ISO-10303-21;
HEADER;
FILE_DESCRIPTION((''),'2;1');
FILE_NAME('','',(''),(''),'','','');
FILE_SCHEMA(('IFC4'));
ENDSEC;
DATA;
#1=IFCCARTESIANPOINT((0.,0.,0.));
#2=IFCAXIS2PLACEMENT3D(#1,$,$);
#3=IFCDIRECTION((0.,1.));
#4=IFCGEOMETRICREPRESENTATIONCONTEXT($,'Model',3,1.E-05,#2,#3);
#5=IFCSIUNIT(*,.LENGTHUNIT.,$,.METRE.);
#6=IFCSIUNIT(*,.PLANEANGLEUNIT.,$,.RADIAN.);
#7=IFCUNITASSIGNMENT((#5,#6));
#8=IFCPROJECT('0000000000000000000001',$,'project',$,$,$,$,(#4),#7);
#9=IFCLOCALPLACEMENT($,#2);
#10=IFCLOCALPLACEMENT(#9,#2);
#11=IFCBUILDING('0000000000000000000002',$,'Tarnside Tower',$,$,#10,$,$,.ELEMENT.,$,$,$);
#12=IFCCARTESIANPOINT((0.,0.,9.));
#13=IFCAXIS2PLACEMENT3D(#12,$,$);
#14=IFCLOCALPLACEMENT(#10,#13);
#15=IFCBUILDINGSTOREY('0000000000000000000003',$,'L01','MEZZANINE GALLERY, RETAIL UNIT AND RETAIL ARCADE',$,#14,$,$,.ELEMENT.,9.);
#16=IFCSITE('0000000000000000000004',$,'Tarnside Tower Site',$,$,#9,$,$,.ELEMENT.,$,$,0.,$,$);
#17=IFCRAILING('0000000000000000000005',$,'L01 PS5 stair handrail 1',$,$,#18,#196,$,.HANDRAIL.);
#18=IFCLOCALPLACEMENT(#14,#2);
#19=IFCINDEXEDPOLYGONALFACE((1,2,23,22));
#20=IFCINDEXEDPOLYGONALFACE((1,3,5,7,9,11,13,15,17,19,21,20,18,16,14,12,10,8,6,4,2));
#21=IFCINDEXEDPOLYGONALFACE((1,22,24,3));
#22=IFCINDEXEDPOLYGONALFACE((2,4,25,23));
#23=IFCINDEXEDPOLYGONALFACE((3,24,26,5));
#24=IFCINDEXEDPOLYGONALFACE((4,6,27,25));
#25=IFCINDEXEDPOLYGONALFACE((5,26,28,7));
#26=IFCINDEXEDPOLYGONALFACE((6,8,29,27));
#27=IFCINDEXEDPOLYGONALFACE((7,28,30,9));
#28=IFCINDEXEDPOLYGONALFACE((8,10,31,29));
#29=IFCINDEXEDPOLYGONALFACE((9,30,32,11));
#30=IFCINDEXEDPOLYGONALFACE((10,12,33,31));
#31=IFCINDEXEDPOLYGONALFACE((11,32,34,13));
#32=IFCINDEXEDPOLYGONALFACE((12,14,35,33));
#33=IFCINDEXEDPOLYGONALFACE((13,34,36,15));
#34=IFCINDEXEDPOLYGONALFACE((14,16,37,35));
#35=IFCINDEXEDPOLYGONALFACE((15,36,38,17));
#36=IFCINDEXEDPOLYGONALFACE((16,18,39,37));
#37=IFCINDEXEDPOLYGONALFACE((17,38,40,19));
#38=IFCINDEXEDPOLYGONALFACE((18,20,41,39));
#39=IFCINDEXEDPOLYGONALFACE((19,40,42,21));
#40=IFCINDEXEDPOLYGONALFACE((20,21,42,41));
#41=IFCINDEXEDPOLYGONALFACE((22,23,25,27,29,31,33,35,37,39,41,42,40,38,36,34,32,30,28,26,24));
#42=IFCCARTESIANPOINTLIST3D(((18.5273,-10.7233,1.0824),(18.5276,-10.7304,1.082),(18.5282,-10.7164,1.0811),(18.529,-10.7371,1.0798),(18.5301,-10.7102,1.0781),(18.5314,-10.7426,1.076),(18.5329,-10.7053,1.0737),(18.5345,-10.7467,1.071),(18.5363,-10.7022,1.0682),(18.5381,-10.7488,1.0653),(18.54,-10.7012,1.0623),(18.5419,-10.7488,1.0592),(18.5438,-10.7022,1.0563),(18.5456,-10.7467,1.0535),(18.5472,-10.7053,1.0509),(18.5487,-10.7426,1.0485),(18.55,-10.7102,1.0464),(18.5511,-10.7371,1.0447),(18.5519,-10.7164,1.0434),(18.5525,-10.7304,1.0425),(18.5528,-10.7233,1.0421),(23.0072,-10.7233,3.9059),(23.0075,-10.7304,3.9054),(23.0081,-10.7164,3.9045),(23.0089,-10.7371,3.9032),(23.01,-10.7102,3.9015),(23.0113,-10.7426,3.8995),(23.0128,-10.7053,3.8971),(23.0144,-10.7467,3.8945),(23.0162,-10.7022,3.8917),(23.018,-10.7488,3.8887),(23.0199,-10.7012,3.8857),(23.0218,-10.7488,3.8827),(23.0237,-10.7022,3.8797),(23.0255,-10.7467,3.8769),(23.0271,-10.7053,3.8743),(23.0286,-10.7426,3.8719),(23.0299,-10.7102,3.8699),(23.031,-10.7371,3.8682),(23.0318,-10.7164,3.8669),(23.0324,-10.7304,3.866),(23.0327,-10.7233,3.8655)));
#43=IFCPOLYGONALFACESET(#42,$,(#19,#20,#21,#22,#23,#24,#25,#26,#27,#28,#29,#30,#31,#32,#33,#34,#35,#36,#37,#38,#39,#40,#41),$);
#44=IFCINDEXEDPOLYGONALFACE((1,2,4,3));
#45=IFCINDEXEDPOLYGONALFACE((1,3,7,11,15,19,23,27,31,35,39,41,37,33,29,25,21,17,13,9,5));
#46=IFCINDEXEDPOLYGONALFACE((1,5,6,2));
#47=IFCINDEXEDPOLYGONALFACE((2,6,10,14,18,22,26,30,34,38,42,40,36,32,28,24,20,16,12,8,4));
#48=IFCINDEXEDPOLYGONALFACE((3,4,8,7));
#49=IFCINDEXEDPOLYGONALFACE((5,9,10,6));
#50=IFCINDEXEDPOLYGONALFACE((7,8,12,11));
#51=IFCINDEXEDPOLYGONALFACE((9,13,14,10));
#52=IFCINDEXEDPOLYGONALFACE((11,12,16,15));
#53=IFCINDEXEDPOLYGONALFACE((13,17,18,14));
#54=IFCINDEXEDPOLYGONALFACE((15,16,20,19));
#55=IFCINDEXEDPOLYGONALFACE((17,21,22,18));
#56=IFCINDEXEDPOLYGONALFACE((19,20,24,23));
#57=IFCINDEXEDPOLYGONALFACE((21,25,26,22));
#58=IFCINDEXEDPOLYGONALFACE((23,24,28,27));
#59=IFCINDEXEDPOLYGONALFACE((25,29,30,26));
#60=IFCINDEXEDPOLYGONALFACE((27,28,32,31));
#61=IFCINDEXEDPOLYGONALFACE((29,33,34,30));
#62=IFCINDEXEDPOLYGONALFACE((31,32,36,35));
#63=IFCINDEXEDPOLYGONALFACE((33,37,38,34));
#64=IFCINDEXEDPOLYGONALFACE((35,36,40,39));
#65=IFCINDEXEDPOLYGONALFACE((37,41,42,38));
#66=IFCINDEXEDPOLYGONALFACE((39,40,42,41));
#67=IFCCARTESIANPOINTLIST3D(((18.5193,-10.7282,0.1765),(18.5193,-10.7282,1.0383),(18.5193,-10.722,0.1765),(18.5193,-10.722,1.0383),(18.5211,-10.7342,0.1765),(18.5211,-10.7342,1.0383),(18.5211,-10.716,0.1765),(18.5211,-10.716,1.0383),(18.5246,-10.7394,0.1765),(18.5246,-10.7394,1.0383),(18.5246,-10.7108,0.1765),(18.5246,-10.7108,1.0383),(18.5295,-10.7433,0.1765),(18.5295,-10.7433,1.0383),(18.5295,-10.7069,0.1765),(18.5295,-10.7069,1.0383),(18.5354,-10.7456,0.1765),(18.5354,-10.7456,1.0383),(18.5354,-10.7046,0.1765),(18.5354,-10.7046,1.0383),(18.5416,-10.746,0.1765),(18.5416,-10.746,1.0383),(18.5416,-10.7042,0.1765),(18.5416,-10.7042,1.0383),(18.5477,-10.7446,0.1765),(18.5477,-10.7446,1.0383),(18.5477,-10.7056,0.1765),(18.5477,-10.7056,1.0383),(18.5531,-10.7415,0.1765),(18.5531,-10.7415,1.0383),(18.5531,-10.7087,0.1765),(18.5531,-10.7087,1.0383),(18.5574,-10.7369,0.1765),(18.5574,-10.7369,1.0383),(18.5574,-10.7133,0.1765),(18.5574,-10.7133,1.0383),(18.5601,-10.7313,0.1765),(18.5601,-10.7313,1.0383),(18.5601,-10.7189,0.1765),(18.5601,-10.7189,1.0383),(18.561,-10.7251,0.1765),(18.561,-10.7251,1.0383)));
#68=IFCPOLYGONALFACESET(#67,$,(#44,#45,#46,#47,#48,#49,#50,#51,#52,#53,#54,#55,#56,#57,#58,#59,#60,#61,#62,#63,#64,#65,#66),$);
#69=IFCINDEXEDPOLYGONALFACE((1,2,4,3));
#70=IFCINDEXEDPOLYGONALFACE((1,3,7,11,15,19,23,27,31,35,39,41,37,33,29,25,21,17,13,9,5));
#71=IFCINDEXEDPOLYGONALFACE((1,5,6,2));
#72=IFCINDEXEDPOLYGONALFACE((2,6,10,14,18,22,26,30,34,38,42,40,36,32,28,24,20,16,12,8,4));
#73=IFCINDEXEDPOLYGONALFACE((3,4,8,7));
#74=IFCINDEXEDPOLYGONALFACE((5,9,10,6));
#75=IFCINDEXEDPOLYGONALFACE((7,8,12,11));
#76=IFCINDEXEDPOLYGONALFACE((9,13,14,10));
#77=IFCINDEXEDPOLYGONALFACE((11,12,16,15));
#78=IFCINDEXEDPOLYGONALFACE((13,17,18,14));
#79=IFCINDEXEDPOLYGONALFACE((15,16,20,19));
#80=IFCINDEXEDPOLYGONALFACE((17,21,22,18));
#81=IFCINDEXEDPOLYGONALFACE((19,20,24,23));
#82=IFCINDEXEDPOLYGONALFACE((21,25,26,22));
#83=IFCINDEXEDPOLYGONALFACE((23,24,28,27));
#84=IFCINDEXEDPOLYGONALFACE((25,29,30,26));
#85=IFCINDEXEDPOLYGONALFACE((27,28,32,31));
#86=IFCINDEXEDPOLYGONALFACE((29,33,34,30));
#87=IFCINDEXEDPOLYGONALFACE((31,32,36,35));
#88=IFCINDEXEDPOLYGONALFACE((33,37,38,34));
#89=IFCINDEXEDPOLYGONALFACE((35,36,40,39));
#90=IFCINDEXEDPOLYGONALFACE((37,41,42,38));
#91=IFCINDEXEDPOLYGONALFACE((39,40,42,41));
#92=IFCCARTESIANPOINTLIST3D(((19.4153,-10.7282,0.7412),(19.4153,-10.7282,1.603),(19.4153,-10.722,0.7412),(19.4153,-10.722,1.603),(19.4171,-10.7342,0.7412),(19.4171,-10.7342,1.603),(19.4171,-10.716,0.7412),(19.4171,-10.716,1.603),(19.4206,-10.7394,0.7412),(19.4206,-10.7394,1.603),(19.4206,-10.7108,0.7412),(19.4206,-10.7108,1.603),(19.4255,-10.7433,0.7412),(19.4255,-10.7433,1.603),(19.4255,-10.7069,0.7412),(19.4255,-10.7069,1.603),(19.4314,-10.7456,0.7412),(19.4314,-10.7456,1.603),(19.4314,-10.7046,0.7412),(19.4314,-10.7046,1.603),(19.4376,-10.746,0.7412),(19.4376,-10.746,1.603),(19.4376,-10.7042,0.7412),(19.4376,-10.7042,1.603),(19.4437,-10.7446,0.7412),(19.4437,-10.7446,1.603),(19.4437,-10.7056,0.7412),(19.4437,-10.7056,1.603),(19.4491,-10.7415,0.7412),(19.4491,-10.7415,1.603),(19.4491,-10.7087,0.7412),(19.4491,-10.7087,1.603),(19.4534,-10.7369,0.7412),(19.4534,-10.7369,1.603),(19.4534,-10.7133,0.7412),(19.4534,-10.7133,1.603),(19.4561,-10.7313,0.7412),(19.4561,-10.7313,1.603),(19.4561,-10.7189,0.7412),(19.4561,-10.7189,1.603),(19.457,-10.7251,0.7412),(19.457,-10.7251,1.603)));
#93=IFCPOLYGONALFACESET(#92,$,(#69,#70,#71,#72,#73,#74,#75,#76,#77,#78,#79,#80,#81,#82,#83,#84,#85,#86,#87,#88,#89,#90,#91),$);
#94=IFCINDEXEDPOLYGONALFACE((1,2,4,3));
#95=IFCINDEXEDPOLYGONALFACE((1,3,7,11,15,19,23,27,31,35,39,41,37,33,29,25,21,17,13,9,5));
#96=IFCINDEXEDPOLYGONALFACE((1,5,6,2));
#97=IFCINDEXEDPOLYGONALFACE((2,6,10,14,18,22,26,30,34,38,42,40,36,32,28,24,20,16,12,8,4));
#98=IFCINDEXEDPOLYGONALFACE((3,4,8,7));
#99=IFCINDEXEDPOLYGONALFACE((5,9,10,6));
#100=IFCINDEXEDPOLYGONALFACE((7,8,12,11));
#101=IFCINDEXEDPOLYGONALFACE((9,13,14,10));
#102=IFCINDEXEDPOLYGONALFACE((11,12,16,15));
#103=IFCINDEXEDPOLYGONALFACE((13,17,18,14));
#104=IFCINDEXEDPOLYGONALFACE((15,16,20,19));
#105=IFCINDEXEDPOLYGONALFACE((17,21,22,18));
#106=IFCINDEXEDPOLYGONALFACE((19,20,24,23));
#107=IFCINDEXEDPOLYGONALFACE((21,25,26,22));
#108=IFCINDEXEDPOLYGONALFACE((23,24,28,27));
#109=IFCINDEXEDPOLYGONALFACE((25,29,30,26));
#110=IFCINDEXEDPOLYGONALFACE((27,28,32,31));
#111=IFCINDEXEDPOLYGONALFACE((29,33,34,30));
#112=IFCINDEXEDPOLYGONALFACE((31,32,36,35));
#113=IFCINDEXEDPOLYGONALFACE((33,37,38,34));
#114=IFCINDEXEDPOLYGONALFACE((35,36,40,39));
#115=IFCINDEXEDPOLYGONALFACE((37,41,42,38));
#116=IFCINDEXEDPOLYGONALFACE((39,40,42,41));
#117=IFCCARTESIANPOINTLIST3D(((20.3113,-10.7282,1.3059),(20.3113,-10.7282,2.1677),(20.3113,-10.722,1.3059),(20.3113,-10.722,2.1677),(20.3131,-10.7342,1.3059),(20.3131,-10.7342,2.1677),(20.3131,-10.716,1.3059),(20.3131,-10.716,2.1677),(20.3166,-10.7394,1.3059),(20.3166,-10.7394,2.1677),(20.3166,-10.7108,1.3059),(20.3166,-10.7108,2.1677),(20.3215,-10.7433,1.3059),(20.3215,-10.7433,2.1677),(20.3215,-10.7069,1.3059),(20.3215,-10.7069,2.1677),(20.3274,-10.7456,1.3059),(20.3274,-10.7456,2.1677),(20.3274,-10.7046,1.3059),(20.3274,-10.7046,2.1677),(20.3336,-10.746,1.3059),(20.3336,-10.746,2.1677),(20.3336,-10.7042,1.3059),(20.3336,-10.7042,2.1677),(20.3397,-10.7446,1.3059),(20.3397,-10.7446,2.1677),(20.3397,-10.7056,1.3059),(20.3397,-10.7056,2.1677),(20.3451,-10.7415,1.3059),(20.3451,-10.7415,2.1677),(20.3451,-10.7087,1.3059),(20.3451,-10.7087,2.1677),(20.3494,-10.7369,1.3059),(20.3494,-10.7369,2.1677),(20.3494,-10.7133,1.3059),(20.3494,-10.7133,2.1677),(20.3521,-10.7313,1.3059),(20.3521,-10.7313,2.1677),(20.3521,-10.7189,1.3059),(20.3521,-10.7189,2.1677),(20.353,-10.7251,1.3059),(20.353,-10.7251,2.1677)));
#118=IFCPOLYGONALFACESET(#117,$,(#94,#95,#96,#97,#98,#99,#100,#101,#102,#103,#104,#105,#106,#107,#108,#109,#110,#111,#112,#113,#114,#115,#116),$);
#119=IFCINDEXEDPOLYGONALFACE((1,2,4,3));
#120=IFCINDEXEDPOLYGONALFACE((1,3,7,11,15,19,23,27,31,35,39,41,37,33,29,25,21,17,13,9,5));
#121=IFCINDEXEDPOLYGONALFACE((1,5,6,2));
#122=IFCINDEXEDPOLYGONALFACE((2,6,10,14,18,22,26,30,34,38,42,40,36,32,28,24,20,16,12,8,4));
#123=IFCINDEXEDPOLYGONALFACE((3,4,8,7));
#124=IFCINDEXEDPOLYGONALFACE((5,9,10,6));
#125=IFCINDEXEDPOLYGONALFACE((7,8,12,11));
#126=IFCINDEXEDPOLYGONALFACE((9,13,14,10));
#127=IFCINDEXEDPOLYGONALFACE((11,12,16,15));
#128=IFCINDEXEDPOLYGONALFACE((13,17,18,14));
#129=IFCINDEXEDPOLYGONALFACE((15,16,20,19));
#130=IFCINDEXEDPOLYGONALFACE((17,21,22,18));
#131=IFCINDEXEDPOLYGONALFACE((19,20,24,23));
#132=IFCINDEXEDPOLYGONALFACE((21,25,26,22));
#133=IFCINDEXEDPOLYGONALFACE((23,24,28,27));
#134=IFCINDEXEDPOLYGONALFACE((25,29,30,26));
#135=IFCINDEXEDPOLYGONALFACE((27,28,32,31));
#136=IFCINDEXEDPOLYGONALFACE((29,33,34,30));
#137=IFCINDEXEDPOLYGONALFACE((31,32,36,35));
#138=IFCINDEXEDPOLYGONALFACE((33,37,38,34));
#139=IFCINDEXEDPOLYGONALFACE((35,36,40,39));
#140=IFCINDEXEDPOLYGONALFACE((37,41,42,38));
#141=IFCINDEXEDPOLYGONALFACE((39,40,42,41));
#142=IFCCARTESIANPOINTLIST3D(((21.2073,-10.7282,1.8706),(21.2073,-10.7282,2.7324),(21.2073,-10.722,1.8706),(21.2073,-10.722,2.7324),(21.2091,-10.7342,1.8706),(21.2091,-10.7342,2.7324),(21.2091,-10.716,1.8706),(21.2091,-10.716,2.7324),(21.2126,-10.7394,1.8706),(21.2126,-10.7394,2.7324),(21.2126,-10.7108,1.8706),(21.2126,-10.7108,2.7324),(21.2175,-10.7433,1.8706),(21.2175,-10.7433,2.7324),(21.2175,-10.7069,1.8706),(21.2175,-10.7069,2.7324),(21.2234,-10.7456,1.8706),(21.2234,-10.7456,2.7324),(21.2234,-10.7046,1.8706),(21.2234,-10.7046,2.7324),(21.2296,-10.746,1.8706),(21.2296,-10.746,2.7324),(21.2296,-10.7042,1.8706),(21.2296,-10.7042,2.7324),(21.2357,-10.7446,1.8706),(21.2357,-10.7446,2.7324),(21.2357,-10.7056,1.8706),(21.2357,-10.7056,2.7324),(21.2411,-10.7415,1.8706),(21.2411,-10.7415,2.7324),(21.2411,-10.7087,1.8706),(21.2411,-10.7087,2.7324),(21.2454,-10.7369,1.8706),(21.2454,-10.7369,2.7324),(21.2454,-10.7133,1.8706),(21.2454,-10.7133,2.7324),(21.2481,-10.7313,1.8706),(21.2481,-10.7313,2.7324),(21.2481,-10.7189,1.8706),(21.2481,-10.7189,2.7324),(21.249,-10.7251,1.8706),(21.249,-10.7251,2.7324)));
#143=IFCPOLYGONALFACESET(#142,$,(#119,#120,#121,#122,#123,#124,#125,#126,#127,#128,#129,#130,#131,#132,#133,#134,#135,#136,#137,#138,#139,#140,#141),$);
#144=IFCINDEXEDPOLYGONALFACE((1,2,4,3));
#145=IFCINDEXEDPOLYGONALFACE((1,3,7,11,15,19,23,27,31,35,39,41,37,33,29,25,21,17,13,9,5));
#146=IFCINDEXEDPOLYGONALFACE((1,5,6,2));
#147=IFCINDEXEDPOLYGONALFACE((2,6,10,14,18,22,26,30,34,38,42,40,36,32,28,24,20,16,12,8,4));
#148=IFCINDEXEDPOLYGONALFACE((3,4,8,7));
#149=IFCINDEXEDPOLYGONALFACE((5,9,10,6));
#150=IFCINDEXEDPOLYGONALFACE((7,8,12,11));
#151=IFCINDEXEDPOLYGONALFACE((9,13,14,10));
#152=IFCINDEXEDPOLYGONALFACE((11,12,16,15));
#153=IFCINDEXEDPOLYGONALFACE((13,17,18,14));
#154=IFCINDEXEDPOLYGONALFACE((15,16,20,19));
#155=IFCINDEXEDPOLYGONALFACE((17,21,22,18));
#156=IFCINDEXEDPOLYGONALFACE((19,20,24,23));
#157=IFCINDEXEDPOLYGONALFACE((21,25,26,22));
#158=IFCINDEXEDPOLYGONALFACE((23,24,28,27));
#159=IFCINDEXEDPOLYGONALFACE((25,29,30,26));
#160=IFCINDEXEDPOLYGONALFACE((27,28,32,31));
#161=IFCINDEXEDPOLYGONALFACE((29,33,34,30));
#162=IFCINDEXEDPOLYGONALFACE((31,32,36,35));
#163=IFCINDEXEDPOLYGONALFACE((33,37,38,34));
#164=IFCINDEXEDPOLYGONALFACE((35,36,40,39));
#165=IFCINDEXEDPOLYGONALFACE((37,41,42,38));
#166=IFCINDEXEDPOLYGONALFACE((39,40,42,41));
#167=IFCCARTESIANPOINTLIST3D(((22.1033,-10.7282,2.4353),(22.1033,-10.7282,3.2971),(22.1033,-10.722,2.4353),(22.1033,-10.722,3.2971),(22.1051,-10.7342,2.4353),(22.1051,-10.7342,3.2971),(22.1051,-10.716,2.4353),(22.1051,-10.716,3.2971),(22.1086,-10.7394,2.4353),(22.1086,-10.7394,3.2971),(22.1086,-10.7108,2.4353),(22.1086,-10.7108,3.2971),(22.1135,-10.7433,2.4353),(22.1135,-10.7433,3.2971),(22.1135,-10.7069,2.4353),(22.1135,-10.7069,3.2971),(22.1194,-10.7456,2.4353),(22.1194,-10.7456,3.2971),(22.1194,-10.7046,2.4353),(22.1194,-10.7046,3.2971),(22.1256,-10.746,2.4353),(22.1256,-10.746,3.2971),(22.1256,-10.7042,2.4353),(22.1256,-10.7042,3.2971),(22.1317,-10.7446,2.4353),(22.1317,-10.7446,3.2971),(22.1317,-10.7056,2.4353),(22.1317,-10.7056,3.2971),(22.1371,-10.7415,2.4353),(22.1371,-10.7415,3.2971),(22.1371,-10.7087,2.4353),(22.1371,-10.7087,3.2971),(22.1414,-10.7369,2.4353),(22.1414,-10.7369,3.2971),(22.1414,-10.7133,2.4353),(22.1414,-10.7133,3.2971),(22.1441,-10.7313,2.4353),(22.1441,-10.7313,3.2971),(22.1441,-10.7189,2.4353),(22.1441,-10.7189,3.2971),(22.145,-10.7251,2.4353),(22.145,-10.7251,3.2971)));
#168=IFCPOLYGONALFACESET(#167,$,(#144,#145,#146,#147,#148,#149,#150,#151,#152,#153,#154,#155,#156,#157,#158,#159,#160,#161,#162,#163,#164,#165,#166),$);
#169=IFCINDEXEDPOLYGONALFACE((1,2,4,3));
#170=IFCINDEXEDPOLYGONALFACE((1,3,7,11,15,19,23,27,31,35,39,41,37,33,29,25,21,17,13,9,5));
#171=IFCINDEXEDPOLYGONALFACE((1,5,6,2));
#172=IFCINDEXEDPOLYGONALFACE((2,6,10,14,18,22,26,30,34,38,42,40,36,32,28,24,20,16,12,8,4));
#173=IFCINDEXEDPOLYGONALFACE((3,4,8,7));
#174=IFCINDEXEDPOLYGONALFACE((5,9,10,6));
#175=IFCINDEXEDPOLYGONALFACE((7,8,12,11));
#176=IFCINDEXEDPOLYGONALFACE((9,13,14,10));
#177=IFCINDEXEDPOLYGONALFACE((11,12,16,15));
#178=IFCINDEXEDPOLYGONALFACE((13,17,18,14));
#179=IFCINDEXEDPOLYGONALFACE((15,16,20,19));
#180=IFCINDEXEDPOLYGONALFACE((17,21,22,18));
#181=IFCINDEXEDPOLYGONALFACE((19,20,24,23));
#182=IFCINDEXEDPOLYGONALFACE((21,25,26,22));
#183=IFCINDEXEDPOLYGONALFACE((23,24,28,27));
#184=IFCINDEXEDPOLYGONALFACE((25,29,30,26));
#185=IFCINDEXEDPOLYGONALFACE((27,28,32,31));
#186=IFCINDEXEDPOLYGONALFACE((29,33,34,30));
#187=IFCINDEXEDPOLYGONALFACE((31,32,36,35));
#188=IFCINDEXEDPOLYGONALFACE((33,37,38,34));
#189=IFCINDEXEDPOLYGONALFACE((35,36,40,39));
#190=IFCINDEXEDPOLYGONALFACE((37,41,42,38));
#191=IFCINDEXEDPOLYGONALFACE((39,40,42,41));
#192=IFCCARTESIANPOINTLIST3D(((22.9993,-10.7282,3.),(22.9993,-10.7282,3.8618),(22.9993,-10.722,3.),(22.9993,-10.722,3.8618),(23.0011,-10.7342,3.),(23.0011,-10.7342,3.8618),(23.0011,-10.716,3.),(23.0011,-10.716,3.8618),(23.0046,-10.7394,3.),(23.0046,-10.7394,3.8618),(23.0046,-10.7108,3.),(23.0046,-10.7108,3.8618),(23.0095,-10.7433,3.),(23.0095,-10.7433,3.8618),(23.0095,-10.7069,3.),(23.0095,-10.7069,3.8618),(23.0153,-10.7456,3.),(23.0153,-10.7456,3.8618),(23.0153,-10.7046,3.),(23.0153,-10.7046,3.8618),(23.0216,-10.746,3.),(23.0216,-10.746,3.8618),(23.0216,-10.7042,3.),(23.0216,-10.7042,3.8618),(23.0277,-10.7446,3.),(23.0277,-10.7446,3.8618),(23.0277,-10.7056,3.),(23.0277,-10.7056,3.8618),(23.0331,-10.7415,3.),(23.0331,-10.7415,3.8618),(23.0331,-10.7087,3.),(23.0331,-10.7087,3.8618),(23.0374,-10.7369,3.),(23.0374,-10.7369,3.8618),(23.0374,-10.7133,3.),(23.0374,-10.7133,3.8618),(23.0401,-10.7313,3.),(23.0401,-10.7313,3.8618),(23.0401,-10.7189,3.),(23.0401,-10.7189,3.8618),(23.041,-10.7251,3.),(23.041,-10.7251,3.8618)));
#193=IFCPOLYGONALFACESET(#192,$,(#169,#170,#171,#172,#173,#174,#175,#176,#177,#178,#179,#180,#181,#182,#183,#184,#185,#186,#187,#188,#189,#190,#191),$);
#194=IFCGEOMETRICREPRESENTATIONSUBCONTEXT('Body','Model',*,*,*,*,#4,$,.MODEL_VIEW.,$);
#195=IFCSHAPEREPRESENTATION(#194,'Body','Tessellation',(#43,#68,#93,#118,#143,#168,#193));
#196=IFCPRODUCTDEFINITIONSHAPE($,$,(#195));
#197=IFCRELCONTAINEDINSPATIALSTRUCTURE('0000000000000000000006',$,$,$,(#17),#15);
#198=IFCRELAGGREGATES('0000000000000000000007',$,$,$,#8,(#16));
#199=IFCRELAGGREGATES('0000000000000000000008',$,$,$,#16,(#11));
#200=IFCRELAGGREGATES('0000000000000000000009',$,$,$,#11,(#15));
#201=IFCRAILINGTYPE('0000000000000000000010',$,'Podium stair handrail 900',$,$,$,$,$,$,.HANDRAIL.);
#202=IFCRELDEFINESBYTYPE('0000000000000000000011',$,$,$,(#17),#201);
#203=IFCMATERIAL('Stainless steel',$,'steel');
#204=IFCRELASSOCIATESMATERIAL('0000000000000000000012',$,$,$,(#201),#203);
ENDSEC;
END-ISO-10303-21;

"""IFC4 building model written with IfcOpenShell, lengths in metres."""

from ifc_helpers import new_model, si_unit, direction, frame, origin, origin_2d, place, context, subcontext, project, spatial, circle, extrude, material, type_object, element, save


model = new_model("IFC4")

# Units and contexts
model_context = context("Model", 3, precision=1e-05, world=origin(), true_north=direction((0.0, 1.0)))
body_context = subcontext(model_context, "Body", "Model", "MODEL_VIEW")
ifc_project = project(units=[si_unit("LENGTHUNIT", "METRE"), si_unit("PLANEANGLEUNIT", "RADIAN")], contexts=[model_context])

# Site, building, storey
site_placement = place(None, origin())
site = spatial("IfcSite", under=ifc_project, at=site_placement, Name="Tarnside Tower Site", CompositionType="ELEMENT", RefElevation=0.0)
building_placement = place(site_placement, origin())
building = spatial("IfcBuilding", under=site, at=building_placement, Name="Tarnside Tower", CompositionType="ELEMENT")
storey_placement = place(building_placement, frame((0.0, 0.0, 9.0)))
storey = spatial("IfcBuildingStorey", under=building, at=storey_placement, Name="L01", Description="MEZZANINE GALLERY, RETAIL UNIT AND RETAIL ARCADE", CompositionType="ELEMENT", Elevation=9.0)

# Railing
ifc_material_1 = material(Name="Stainless steel", Category="steel")
railing_type_1 = type_object("IfcRailingType", Name="Podium stair handrail 900", PredefinedType="HANDRAIL", material=ifc_material_1)
railing_1_placement = place(storey_placement, frame((18.54, -10.7251, 0.1765)))
element("IfcRailing", 1, at=railing_1_placement, inside=storey, type_object=railing_type_1, Name="L01 PS5 stair handrail 1", PredefinedType="HANDRAIL", context=body_context, shape_type="SweptSolid", body=[
    extrude(circle(Radius=0.0239, at=origin_2d()), frame((0.0, 0.0, 0.8857), z_axis=(0.845998, 0.0, 0.533186), x_axis=(0.0, 1.0, 0.0)), (0.0, 0.0, 1.0), 5.2954),
    extrude(circle(Radius=0.021, at=origin_2d()), origin(), (0.0, 0.0, 1.0), 0.8618),
    extrude(circle(Radius=0.021, at=origin_2d()), frame((0.896, 0.0, 0.5647)), (0.0, 0.0, 1.0), 0.8618),
    extrude(circle(Radius=0.021, at=origin_2d()), frame((1.792, 0.0, 1.1294)), (0.0, 0.0, 1.0), 0.8618),
    extrude(circle(Radius=0.021, at=origin_2d()), frame((2.688, 0.0, 1.6941)), (0.0, 0.0, 1.0), 0.8618),
    extrude(circle(Radius=0.021, at=origin_2d()), frame((3.584, 0.0, 2.2588)), (0.0, 0.0, 1.0), 0.8618),
    extrude(circle(Radius=0.021, at=origin_2d()), frame((4.48, 0.0, 2.8235)), (0.0, 0.0, 1.0), 0.8618),
])

save(model, "model.ifc")
